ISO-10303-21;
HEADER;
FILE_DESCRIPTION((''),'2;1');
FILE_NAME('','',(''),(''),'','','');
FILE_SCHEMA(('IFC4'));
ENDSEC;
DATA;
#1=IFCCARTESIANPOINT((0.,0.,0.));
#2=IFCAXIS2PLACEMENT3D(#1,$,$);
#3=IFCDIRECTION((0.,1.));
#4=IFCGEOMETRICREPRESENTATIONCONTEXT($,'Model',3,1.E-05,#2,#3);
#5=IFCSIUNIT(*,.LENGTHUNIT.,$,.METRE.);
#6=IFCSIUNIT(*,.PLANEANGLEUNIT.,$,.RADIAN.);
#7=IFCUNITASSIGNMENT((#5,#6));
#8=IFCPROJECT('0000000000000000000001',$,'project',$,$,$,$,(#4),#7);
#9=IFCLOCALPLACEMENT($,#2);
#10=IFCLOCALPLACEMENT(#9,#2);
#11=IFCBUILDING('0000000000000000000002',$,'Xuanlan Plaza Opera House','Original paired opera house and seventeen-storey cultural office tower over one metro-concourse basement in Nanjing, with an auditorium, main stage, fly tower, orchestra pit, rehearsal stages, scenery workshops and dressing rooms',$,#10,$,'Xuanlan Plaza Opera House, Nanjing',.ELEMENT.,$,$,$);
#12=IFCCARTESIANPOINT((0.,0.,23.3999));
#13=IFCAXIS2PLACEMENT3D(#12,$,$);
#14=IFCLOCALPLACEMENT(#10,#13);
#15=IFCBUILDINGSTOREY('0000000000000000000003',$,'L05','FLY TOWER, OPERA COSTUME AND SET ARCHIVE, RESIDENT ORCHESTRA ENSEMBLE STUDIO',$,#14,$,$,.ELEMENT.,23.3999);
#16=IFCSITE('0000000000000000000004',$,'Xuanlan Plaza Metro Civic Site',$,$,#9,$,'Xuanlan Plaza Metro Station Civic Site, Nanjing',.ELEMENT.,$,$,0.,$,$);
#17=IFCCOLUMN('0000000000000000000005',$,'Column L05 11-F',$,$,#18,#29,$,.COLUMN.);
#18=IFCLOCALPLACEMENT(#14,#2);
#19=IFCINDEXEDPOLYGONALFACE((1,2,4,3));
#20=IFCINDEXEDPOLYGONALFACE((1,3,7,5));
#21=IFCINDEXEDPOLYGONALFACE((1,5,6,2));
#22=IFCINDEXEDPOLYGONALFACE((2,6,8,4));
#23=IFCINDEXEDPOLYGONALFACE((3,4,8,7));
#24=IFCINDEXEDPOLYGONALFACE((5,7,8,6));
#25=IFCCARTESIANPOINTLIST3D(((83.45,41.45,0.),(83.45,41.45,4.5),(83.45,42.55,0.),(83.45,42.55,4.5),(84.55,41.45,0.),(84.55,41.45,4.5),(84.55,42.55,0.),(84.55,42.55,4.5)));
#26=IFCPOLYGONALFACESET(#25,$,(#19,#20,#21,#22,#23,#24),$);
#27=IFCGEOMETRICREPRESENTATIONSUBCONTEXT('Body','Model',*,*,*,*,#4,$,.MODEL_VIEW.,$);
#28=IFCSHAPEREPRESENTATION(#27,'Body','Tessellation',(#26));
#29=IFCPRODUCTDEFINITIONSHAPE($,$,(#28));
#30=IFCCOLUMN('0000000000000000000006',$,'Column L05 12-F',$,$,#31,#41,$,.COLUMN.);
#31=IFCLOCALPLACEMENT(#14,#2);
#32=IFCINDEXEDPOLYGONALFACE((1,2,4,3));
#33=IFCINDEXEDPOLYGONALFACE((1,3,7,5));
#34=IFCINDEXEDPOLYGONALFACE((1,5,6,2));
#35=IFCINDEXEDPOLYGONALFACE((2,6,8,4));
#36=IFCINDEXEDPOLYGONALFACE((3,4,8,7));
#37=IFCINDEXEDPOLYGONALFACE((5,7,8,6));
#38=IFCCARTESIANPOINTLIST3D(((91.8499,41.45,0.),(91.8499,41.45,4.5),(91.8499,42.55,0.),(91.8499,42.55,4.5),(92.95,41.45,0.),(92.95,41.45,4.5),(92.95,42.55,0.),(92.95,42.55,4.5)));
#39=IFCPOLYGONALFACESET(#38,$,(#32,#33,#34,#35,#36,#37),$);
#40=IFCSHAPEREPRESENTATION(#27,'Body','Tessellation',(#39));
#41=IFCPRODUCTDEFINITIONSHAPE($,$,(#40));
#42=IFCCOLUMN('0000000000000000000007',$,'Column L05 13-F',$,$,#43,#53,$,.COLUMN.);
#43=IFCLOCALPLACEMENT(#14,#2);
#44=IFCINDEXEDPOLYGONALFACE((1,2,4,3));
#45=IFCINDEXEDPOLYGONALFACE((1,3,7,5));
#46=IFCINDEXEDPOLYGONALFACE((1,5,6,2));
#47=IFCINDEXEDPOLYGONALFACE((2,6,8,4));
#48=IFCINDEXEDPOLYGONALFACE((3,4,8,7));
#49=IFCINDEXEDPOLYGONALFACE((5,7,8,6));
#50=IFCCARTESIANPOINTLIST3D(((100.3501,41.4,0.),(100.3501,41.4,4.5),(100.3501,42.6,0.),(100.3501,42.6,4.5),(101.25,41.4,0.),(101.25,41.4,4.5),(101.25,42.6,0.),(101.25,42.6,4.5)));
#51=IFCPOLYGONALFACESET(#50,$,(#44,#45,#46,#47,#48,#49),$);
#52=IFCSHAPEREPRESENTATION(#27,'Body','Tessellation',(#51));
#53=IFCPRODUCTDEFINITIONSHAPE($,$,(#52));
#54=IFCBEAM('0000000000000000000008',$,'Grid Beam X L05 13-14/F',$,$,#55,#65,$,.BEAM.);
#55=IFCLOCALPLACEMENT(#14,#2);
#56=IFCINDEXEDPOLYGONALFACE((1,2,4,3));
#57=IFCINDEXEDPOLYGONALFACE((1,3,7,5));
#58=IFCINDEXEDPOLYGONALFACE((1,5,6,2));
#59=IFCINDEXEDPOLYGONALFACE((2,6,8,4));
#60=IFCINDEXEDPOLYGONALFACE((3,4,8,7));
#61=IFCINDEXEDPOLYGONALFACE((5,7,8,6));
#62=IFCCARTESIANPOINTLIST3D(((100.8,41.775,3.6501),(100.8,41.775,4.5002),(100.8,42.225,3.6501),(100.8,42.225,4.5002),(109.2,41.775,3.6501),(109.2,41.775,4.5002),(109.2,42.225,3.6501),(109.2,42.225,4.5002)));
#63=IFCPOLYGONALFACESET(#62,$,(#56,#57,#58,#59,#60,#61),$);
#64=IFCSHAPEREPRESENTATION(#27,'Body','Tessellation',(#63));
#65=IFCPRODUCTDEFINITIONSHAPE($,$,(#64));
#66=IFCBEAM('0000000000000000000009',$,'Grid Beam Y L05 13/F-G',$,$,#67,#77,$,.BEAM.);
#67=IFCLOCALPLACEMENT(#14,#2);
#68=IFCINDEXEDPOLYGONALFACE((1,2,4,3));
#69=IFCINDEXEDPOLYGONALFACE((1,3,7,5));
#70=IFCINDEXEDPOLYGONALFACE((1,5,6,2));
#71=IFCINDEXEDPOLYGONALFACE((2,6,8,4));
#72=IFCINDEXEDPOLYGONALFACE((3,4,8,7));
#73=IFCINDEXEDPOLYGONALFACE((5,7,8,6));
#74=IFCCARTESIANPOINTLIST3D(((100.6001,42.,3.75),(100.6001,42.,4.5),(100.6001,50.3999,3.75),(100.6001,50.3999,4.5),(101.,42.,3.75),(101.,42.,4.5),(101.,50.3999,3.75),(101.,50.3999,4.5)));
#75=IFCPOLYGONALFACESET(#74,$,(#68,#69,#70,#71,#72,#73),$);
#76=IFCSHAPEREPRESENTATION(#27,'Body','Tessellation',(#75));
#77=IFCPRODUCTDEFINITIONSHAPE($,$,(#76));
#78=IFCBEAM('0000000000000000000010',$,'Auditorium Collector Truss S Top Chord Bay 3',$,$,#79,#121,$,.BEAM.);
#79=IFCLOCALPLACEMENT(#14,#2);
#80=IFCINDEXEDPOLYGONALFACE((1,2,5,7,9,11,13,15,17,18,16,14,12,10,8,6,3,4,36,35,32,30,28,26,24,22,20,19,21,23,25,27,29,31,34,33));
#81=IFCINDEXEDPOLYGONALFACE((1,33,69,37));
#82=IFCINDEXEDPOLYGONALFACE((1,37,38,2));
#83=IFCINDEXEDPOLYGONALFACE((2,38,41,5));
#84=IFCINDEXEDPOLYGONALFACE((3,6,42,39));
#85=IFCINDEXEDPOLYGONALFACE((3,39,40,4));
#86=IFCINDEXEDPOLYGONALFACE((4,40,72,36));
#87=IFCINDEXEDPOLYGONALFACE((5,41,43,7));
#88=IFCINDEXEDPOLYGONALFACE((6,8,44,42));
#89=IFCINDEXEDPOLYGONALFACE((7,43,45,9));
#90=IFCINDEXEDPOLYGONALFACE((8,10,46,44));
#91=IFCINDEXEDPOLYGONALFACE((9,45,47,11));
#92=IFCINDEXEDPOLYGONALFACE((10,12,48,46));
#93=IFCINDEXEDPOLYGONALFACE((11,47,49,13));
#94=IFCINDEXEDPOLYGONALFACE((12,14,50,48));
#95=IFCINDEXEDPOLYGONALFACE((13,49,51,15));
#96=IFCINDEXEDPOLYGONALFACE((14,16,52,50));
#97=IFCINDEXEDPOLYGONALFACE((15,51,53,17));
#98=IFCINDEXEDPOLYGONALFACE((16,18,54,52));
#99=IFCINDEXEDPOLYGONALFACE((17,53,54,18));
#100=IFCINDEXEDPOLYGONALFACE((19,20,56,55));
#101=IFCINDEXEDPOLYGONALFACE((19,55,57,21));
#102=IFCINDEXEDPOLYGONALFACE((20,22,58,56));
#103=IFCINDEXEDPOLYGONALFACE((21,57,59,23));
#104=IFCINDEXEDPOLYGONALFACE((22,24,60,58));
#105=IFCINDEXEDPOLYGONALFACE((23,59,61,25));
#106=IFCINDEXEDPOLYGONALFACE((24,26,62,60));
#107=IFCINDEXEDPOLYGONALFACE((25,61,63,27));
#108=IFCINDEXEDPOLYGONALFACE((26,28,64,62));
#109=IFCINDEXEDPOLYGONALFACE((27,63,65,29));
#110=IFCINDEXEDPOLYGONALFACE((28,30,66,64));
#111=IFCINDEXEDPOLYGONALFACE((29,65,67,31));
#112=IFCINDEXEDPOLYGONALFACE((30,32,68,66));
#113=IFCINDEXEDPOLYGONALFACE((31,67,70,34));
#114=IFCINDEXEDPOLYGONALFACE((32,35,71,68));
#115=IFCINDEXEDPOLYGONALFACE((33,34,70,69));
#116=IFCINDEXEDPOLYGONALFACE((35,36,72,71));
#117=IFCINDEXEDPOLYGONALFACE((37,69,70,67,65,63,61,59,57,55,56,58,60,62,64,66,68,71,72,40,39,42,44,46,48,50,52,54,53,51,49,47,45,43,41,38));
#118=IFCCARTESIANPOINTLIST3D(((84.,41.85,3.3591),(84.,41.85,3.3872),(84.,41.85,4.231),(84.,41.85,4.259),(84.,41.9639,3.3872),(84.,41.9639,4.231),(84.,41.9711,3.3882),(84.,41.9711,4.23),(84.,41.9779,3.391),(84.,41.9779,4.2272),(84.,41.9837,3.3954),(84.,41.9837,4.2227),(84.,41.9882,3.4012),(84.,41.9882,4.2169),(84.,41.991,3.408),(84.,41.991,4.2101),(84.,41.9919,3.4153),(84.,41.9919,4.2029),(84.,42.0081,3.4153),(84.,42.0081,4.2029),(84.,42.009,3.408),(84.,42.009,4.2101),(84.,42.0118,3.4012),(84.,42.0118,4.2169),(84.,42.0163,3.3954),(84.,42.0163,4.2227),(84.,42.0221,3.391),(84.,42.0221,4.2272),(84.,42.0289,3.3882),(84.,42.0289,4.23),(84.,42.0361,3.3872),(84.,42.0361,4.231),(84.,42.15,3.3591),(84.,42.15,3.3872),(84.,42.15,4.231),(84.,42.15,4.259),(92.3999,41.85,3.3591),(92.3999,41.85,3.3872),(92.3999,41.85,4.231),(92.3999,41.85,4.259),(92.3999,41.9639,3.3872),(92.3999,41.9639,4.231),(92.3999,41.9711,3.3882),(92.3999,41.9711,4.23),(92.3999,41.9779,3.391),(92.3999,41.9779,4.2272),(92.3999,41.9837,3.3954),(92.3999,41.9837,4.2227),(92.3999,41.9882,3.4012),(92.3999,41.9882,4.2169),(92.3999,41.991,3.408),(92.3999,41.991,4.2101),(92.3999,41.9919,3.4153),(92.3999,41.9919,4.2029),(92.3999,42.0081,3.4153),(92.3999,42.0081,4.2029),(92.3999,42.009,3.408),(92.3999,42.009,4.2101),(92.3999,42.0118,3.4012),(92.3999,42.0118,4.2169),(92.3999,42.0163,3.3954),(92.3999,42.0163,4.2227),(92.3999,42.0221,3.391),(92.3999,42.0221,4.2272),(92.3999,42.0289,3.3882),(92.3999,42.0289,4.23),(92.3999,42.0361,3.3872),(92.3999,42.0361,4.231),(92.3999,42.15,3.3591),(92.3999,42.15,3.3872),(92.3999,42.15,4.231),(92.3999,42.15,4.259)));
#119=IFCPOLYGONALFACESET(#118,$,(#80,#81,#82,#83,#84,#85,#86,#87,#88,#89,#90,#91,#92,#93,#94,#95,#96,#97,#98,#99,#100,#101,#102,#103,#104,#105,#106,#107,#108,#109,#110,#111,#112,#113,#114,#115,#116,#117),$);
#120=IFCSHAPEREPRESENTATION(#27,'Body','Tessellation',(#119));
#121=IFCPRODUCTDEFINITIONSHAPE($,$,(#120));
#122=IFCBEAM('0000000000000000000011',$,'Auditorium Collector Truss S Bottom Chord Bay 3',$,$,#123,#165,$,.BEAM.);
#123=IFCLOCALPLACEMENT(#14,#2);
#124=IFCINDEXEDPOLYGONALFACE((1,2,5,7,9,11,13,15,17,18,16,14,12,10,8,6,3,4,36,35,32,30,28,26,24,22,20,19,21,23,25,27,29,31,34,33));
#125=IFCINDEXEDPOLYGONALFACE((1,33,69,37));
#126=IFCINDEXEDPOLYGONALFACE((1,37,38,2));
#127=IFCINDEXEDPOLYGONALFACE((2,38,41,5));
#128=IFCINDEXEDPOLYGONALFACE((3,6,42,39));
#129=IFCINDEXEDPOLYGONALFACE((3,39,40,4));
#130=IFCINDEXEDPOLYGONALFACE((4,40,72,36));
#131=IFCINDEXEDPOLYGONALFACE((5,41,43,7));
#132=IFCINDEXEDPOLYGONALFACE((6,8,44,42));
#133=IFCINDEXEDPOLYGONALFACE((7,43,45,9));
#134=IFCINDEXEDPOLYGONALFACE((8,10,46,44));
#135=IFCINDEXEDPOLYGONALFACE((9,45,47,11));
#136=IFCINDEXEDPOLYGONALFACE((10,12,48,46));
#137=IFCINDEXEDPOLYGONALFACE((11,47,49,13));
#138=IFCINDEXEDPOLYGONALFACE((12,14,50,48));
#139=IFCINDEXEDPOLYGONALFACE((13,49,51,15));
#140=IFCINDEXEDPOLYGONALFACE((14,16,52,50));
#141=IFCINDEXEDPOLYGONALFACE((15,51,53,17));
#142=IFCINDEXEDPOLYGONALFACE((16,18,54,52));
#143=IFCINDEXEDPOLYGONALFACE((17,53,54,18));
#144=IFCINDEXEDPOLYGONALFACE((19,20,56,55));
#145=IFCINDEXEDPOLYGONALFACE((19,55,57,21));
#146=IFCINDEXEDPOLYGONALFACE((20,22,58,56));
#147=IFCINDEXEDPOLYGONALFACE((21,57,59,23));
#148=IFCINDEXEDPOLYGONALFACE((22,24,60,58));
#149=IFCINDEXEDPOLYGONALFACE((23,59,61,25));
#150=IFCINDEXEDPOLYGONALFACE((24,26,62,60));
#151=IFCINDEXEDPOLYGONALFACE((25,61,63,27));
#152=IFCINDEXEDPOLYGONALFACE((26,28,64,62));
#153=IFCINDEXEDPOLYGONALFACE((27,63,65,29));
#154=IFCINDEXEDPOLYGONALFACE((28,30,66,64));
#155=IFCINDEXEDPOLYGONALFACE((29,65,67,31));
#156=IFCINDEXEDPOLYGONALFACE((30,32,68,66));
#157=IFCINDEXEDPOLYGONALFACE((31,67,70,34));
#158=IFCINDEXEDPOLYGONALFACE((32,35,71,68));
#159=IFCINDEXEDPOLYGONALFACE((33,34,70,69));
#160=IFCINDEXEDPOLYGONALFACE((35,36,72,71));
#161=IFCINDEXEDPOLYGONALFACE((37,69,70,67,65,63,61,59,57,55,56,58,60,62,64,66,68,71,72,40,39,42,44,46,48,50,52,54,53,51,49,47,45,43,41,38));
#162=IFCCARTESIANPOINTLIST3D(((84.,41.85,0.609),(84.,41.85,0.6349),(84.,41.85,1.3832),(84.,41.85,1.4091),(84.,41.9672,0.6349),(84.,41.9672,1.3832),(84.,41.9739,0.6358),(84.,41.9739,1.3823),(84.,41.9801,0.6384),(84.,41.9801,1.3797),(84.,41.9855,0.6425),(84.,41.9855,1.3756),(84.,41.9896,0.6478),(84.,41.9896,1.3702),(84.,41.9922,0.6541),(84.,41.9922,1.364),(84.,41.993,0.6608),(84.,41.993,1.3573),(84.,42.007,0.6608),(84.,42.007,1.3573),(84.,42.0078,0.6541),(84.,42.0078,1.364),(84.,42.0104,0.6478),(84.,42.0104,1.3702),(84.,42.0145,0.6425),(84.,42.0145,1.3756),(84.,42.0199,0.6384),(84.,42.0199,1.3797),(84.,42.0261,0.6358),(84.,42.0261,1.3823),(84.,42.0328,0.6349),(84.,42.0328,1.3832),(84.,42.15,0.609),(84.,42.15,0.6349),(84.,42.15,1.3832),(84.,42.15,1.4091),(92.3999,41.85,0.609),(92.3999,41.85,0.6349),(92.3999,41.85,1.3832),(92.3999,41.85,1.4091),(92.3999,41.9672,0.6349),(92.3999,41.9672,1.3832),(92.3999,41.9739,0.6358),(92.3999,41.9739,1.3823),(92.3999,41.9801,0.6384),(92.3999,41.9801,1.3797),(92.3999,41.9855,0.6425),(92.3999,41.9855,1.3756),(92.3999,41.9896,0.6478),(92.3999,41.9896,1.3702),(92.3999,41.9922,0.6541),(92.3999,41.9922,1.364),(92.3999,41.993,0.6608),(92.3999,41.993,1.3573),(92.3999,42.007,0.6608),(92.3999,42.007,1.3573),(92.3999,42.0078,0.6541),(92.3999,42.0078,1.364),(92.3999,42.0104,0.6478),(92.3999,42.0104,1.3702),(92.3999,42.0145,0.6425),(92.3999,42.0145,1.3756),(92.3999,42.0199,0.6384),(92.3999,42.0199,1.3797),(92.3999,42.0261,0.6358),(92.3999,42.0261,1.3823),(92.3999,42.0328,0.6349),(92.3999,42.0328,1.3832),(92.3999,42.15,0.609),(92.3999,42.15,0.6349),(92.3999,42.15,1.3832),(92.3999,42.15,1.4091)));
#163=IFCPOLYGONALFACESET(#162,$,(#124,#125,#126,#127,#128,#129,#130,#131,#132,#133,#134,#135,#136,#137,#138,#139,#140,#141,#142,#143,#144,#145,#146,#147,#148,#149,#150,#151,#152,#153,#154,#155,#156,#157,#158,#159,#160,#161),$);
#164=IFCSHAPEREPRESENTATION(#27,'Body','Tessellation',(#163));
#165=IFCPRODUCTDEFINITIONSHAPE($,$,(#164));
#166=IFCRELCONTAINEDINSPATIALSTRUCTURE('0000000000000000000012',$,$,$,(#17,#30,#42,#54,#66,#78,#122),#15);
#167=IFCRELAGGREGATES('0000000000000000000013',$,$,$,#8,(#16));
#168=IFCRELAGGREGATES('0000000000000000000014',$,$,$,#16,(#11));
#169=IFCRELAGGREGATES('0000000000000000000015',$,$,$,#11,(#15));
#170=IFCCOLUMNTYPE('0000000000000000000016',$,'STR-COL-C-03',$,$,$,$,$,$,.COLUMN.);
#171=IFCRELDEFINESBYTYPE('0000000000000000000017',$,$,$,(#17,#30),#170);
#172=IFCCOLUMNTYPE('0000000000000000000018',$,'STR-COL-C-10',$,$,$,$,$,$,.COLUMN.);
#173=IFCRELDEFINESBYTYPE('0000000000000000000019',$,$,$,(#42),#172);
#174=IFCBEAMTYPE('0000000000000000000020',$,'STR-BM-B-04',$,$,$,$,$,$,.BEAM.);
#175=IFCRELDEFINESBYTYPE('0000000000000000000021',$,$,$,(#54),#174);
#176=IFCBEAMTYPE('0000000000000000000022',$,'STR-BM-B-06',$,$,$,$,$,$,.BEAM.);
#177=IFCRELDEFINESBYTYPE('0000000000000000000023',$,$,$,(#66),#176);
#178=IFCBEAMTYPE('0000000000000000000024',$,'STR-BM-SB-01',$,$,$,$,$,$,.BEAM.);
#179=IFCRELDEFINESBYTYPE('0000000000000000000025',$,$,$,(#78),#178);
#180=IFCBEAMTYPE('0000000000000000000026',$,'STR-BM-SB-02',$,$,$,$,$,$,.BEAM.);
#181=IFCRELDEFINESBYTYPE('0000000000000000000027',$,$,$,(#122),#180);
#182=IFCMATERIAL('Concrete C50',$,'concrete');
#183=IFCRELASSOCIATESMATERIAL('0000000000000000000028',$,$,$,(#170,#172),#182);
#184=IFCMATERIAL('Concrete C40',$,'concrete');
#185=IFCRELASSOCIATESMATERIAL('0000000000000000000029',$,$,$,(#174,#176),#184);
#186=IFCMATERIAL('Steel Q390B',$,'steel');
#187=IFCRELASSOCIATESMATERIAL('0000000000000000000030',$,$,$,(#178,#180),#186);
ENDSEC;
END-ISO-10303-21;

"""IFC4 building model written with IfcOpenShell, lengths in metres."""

from ifc_helpers import new_model, si_unit, direction, frame, origin, origin_2d, place, context, subcontext, project, spatial, rectangle, i_section, extrude, material, material_profile, profile_set, type_object, element, save


model = new_model("IFC4")

# Units and contexts
model_context = context("Model", 3, precision=1e-05, world=origin(), true_north=direction((0.0, 1.0)))
body_context = subcontext(model_context, "Body", "Model", "MODEL_VIEW")
ifc_project = project(units=[si_unit("LENGTHUNIT", "METRE"), si_unit("PLANEANGLEUNIT", "RADIAN")], contexts=[model_context])

# Site, building, storey
site_placement = place(None, origin())
site = spatial("IfcSite", under=ifc_project, at=site_placement, Name="Xuanlan Plaza Metro Civic Site", LongName="Xuanlan Plaza Metro Station Civic Site, Nanjing", CompositionType="ELEMENT", RefElevation=0.0)
building_placement = place(site_placement, origin())
building = spatial("IfcBuilding", under=site, at=building_placement, Name="Xuanlan Plaza Opera House", Description="Original paired opera house and seventeen-storey cultural office tower over one metro-concourse basement in Nanjing, with an auditorium, main stage, fly tower, orchestra pit, rehearsal stages, scenery workshops and dressing rooms", LongName="Xuanlan Plaza Opera House, Nanjing", CompositionType="ELEMENT")
storey_placement = place(building_placement, frame((0.0, 0.0, 23.3999)))
storey = spatial("IfcBuildingStorey", under=building, at=storey_placement, Name="L05", Description="FLY TOWER, OPERA COSTUME AND SET ARCHIVE, RESIDENT ORCHESTRA ENSEMBLE STUDIO", CompositionType="ELEMENT", Elevation=23.3999)

# Columns
ifc_material_1 = material(Name="Concrete C50", Category="concrete")
ifc_material_profile_1 = material_profile(ifc_material_1, rectangle(XDim=1.1001, YDim=1.1001, at=origin_2d()), Name="RC-COL 1100x1100")
ifc_profile_set_1 = profile_set([ifc_material_profile_1], Name="Concrete C50")
column_type_1 = type_object("IfcColumnType", Name="STR-COL-C-03", PredefinedType="COLUMN", material=ifc_profile_set_1)
for number, where, z_axis, x_axis, name in (
    (1, (84.0, 42.0, 0.0), (0.0, 0.0, 1.0), (1.0, 0.0, 0.0), "Column L05 11-F"),
    (2, (92.3999, 42.0, 0.0), (0.0, 0.0, 1.0), (1.0, 0.0, 0.0), "Column L05 12-F"),
):
    element("IfcColumn", number, at=place(storey_placement, frame(where, z_axis=z_axis, x_axis=x_axis)), inside=storey, type_object=column_type_1, Name=name, PredefinedType="COLUMN", context=body_context, shape_type="SweptSolid", body=[
        extrude(rectangle(XDim=1.1001, YDim=1.1001, at=origin_2d()), origin(), (0.0, 0.0, 1.0), 4.5),
    ])
ifc_material_profile_2 = material_profile(ifc_material_1, rectangle(XDim=0.8999, YDim=1.2, at=origin_2d()), Name="RC-COL 900x1200")
ifc_profile_set_2 = profile_set([ifc_material_profile_2], Name="Concrete C50")
column_type_2 = type_object("IfcColumnType", Name="STR-COL-C-10", PredefinedType="COLUMN", material=ifc_profile_set_2)
column_placement = place(storey_placement, frame((100.8, 42.0, 0.0), z_axis=(0.0, 0.0, 1.0), x_axis=(1.0, 0.0, 0.0)))
element("IfcColumn", 3, at=column_placement, inside=storey, type_object=column_type_2, Name="Column L05 13-F", PredefinedType="COLUMN", context=body_context, shape_type="SweptSolid", body=[
    extrude(rectangle(XDim=0.8999, YDim=1.2, at=origin_2d()), origin(), (0.0, 0.0, 1.0), 4.5),
])

# Beams
ifc_material_2 = material(Name="Concrete C40", Category="concrete")
ifc_material_profile_3 = material_profile(ifc_material_2, rectangle(XDim=0.45, YDim=0.8501, at=origin_2d()), Name="RC-BM 450x850")
ifc_profile_set_3 = profile_set([ifc_material_profile_3], Name="Concrete C40")
beam_type_1 = type_object("IfcBeamType", Name="STR-BM-B-04", PredefinedType="BEAM", material=ifc_profile_set_3)
beam_1_placement = place(storey_placement, frame((100.8, 42.0, 4.0752), z_axis=(1.0, 0.0, 0.0), x_axis=(0.0, 1.0, 0.0)))
element("IfcBeam", 4, at=beam_1_placement, inside=storey, type_object=beam_type_1, Name="Grid Beam X L05 13-14/F", PredefinedType="BEAM", context=body_context, shape_type="SweptSolid", body=[
    extrude(rectangle(XDim=0.45, YDim=0.8501, at=origin_2d()), origin(), (0.0, 0.0, 1.0), 8.3999),
])
ifc_material_profile_4 = material_profile(ifc_material_2, rectangle(XDim=0.3999, YDim=0.75, at=origin_2d()), Name="RC-BM 400x750")
ifc_profile_set_4 = profile_set([ifc_material_profile_4], Name="Concrete C40")
beam_type_2 = type_object("IfcBeamType", Name="STR-BM-B-06", PredefinedType="BEAM", material=ifc_profile_set_4)
beam_2_placement = place(storey_placement, frame((100.8, 42.0, 4.125), z_axis=(0.0, 1.0, 0.0), x_axis=(-1.0, 0.0, 0.0)))
element("IfcBeam", 5, at=beam_2_placement, inside=storey, type_object=beam_type_2, Name="Grid Beam Y L05 13/F-G", PredefinedType="BEAM", context=body_context, shape_type="SweptSolid", body=[
    extrude(rectangle(XDim=0.3999, YDim=0.75, at=origin_2d()), origin(), (0.0, 0.0, 1.0), 8.3999),
])
ifc_material_3 = material(Name="Steel Q390B", Category="steel")
ifc_material_profile_5 = material_profile(ifc_material_3, i_section(OverallWidth=0.3, OverallDepth=0.8999, WebThickness=0.0161, FlangeThickness=0.0281, FilletRadius=0.0281, at=origin_2d()), Name="HN 900x300x16x28")
ifc_profile_set_5 = profile_set([ifc_material_profile_5], Name="Steel Q390B")
beam_type_3 = type_object("IfcBeamType", Name="STR-BM-SB-01", PredefinedType="BEAM", material=ifc_profile_set_5)
beam_3_placement = place(storey_placement, frame((84.0, 42.0, 3.8091), z_axis=(1.0, 0.0, 0.0), x_axis=(0.0, 1.0, 0.0)))
element("IfcBeam", 6, at=beam_3_placement, inside=storey, type_object=beam_type_3, Name="Auditorium Collector Truss S Top Chord Bay 3", PredefinedType="BEAM", context=body_context, shape_type="SweptSolid", body=[
    extrude(i_section(OverallWidth=0.3, OverallDepth=0.8999, WebThickness=0.0161, FlangeThickness=0.0281, FilletRadius=0.0281, at=origin_2d()), origin(), (0.0, 0.0, 1.0), 8.3999),
])
ifc_material_profile_6 = material_profile(ifc_material_3, i_section(OverallWidth=0.3, OverallDepth=0.8, WebThickness=0.0139, FlangeThickness=0.0259, FilletRadius=0.0259, at=origin_2d()), Name="HN 800x300x14x26")
ifc_profile_set_6 = profile_set([ifc_material_profile_6], Name="Steel Q390B")
beam_type_4 = type_object("IfcBeamType", Name="STR-BM-SB-02", PredefinedType="BEAM", material=ifc_profile_set_6)
beam_4_placement = place(storey_placement, frame((84.0, 42.0, 1.009), z_axis=(1.0, 0.0, 0.0), x_axis=(0.0, 1.0, 0.0)))
element("IfcBeam", 7, at=beam_4_placement, inside=storey, type_object=beam_type_4, Name="Auditorium Collector Truss S Bottom Chord Bay 3", PredefinedType="BEAM", context=body_context, shape_type="SweptSolid", body=[
    extrude(i_section(OverallWidth=0.3, OverallDepth=0.8, WebThickness=0.0139, FlangeThickness=0.0259, FilletRadius=0.0259, at=origin_2d()), origin(), (0.0, 0.0, 1.0), 8.3999),
])

save(model, "model.ifc")
